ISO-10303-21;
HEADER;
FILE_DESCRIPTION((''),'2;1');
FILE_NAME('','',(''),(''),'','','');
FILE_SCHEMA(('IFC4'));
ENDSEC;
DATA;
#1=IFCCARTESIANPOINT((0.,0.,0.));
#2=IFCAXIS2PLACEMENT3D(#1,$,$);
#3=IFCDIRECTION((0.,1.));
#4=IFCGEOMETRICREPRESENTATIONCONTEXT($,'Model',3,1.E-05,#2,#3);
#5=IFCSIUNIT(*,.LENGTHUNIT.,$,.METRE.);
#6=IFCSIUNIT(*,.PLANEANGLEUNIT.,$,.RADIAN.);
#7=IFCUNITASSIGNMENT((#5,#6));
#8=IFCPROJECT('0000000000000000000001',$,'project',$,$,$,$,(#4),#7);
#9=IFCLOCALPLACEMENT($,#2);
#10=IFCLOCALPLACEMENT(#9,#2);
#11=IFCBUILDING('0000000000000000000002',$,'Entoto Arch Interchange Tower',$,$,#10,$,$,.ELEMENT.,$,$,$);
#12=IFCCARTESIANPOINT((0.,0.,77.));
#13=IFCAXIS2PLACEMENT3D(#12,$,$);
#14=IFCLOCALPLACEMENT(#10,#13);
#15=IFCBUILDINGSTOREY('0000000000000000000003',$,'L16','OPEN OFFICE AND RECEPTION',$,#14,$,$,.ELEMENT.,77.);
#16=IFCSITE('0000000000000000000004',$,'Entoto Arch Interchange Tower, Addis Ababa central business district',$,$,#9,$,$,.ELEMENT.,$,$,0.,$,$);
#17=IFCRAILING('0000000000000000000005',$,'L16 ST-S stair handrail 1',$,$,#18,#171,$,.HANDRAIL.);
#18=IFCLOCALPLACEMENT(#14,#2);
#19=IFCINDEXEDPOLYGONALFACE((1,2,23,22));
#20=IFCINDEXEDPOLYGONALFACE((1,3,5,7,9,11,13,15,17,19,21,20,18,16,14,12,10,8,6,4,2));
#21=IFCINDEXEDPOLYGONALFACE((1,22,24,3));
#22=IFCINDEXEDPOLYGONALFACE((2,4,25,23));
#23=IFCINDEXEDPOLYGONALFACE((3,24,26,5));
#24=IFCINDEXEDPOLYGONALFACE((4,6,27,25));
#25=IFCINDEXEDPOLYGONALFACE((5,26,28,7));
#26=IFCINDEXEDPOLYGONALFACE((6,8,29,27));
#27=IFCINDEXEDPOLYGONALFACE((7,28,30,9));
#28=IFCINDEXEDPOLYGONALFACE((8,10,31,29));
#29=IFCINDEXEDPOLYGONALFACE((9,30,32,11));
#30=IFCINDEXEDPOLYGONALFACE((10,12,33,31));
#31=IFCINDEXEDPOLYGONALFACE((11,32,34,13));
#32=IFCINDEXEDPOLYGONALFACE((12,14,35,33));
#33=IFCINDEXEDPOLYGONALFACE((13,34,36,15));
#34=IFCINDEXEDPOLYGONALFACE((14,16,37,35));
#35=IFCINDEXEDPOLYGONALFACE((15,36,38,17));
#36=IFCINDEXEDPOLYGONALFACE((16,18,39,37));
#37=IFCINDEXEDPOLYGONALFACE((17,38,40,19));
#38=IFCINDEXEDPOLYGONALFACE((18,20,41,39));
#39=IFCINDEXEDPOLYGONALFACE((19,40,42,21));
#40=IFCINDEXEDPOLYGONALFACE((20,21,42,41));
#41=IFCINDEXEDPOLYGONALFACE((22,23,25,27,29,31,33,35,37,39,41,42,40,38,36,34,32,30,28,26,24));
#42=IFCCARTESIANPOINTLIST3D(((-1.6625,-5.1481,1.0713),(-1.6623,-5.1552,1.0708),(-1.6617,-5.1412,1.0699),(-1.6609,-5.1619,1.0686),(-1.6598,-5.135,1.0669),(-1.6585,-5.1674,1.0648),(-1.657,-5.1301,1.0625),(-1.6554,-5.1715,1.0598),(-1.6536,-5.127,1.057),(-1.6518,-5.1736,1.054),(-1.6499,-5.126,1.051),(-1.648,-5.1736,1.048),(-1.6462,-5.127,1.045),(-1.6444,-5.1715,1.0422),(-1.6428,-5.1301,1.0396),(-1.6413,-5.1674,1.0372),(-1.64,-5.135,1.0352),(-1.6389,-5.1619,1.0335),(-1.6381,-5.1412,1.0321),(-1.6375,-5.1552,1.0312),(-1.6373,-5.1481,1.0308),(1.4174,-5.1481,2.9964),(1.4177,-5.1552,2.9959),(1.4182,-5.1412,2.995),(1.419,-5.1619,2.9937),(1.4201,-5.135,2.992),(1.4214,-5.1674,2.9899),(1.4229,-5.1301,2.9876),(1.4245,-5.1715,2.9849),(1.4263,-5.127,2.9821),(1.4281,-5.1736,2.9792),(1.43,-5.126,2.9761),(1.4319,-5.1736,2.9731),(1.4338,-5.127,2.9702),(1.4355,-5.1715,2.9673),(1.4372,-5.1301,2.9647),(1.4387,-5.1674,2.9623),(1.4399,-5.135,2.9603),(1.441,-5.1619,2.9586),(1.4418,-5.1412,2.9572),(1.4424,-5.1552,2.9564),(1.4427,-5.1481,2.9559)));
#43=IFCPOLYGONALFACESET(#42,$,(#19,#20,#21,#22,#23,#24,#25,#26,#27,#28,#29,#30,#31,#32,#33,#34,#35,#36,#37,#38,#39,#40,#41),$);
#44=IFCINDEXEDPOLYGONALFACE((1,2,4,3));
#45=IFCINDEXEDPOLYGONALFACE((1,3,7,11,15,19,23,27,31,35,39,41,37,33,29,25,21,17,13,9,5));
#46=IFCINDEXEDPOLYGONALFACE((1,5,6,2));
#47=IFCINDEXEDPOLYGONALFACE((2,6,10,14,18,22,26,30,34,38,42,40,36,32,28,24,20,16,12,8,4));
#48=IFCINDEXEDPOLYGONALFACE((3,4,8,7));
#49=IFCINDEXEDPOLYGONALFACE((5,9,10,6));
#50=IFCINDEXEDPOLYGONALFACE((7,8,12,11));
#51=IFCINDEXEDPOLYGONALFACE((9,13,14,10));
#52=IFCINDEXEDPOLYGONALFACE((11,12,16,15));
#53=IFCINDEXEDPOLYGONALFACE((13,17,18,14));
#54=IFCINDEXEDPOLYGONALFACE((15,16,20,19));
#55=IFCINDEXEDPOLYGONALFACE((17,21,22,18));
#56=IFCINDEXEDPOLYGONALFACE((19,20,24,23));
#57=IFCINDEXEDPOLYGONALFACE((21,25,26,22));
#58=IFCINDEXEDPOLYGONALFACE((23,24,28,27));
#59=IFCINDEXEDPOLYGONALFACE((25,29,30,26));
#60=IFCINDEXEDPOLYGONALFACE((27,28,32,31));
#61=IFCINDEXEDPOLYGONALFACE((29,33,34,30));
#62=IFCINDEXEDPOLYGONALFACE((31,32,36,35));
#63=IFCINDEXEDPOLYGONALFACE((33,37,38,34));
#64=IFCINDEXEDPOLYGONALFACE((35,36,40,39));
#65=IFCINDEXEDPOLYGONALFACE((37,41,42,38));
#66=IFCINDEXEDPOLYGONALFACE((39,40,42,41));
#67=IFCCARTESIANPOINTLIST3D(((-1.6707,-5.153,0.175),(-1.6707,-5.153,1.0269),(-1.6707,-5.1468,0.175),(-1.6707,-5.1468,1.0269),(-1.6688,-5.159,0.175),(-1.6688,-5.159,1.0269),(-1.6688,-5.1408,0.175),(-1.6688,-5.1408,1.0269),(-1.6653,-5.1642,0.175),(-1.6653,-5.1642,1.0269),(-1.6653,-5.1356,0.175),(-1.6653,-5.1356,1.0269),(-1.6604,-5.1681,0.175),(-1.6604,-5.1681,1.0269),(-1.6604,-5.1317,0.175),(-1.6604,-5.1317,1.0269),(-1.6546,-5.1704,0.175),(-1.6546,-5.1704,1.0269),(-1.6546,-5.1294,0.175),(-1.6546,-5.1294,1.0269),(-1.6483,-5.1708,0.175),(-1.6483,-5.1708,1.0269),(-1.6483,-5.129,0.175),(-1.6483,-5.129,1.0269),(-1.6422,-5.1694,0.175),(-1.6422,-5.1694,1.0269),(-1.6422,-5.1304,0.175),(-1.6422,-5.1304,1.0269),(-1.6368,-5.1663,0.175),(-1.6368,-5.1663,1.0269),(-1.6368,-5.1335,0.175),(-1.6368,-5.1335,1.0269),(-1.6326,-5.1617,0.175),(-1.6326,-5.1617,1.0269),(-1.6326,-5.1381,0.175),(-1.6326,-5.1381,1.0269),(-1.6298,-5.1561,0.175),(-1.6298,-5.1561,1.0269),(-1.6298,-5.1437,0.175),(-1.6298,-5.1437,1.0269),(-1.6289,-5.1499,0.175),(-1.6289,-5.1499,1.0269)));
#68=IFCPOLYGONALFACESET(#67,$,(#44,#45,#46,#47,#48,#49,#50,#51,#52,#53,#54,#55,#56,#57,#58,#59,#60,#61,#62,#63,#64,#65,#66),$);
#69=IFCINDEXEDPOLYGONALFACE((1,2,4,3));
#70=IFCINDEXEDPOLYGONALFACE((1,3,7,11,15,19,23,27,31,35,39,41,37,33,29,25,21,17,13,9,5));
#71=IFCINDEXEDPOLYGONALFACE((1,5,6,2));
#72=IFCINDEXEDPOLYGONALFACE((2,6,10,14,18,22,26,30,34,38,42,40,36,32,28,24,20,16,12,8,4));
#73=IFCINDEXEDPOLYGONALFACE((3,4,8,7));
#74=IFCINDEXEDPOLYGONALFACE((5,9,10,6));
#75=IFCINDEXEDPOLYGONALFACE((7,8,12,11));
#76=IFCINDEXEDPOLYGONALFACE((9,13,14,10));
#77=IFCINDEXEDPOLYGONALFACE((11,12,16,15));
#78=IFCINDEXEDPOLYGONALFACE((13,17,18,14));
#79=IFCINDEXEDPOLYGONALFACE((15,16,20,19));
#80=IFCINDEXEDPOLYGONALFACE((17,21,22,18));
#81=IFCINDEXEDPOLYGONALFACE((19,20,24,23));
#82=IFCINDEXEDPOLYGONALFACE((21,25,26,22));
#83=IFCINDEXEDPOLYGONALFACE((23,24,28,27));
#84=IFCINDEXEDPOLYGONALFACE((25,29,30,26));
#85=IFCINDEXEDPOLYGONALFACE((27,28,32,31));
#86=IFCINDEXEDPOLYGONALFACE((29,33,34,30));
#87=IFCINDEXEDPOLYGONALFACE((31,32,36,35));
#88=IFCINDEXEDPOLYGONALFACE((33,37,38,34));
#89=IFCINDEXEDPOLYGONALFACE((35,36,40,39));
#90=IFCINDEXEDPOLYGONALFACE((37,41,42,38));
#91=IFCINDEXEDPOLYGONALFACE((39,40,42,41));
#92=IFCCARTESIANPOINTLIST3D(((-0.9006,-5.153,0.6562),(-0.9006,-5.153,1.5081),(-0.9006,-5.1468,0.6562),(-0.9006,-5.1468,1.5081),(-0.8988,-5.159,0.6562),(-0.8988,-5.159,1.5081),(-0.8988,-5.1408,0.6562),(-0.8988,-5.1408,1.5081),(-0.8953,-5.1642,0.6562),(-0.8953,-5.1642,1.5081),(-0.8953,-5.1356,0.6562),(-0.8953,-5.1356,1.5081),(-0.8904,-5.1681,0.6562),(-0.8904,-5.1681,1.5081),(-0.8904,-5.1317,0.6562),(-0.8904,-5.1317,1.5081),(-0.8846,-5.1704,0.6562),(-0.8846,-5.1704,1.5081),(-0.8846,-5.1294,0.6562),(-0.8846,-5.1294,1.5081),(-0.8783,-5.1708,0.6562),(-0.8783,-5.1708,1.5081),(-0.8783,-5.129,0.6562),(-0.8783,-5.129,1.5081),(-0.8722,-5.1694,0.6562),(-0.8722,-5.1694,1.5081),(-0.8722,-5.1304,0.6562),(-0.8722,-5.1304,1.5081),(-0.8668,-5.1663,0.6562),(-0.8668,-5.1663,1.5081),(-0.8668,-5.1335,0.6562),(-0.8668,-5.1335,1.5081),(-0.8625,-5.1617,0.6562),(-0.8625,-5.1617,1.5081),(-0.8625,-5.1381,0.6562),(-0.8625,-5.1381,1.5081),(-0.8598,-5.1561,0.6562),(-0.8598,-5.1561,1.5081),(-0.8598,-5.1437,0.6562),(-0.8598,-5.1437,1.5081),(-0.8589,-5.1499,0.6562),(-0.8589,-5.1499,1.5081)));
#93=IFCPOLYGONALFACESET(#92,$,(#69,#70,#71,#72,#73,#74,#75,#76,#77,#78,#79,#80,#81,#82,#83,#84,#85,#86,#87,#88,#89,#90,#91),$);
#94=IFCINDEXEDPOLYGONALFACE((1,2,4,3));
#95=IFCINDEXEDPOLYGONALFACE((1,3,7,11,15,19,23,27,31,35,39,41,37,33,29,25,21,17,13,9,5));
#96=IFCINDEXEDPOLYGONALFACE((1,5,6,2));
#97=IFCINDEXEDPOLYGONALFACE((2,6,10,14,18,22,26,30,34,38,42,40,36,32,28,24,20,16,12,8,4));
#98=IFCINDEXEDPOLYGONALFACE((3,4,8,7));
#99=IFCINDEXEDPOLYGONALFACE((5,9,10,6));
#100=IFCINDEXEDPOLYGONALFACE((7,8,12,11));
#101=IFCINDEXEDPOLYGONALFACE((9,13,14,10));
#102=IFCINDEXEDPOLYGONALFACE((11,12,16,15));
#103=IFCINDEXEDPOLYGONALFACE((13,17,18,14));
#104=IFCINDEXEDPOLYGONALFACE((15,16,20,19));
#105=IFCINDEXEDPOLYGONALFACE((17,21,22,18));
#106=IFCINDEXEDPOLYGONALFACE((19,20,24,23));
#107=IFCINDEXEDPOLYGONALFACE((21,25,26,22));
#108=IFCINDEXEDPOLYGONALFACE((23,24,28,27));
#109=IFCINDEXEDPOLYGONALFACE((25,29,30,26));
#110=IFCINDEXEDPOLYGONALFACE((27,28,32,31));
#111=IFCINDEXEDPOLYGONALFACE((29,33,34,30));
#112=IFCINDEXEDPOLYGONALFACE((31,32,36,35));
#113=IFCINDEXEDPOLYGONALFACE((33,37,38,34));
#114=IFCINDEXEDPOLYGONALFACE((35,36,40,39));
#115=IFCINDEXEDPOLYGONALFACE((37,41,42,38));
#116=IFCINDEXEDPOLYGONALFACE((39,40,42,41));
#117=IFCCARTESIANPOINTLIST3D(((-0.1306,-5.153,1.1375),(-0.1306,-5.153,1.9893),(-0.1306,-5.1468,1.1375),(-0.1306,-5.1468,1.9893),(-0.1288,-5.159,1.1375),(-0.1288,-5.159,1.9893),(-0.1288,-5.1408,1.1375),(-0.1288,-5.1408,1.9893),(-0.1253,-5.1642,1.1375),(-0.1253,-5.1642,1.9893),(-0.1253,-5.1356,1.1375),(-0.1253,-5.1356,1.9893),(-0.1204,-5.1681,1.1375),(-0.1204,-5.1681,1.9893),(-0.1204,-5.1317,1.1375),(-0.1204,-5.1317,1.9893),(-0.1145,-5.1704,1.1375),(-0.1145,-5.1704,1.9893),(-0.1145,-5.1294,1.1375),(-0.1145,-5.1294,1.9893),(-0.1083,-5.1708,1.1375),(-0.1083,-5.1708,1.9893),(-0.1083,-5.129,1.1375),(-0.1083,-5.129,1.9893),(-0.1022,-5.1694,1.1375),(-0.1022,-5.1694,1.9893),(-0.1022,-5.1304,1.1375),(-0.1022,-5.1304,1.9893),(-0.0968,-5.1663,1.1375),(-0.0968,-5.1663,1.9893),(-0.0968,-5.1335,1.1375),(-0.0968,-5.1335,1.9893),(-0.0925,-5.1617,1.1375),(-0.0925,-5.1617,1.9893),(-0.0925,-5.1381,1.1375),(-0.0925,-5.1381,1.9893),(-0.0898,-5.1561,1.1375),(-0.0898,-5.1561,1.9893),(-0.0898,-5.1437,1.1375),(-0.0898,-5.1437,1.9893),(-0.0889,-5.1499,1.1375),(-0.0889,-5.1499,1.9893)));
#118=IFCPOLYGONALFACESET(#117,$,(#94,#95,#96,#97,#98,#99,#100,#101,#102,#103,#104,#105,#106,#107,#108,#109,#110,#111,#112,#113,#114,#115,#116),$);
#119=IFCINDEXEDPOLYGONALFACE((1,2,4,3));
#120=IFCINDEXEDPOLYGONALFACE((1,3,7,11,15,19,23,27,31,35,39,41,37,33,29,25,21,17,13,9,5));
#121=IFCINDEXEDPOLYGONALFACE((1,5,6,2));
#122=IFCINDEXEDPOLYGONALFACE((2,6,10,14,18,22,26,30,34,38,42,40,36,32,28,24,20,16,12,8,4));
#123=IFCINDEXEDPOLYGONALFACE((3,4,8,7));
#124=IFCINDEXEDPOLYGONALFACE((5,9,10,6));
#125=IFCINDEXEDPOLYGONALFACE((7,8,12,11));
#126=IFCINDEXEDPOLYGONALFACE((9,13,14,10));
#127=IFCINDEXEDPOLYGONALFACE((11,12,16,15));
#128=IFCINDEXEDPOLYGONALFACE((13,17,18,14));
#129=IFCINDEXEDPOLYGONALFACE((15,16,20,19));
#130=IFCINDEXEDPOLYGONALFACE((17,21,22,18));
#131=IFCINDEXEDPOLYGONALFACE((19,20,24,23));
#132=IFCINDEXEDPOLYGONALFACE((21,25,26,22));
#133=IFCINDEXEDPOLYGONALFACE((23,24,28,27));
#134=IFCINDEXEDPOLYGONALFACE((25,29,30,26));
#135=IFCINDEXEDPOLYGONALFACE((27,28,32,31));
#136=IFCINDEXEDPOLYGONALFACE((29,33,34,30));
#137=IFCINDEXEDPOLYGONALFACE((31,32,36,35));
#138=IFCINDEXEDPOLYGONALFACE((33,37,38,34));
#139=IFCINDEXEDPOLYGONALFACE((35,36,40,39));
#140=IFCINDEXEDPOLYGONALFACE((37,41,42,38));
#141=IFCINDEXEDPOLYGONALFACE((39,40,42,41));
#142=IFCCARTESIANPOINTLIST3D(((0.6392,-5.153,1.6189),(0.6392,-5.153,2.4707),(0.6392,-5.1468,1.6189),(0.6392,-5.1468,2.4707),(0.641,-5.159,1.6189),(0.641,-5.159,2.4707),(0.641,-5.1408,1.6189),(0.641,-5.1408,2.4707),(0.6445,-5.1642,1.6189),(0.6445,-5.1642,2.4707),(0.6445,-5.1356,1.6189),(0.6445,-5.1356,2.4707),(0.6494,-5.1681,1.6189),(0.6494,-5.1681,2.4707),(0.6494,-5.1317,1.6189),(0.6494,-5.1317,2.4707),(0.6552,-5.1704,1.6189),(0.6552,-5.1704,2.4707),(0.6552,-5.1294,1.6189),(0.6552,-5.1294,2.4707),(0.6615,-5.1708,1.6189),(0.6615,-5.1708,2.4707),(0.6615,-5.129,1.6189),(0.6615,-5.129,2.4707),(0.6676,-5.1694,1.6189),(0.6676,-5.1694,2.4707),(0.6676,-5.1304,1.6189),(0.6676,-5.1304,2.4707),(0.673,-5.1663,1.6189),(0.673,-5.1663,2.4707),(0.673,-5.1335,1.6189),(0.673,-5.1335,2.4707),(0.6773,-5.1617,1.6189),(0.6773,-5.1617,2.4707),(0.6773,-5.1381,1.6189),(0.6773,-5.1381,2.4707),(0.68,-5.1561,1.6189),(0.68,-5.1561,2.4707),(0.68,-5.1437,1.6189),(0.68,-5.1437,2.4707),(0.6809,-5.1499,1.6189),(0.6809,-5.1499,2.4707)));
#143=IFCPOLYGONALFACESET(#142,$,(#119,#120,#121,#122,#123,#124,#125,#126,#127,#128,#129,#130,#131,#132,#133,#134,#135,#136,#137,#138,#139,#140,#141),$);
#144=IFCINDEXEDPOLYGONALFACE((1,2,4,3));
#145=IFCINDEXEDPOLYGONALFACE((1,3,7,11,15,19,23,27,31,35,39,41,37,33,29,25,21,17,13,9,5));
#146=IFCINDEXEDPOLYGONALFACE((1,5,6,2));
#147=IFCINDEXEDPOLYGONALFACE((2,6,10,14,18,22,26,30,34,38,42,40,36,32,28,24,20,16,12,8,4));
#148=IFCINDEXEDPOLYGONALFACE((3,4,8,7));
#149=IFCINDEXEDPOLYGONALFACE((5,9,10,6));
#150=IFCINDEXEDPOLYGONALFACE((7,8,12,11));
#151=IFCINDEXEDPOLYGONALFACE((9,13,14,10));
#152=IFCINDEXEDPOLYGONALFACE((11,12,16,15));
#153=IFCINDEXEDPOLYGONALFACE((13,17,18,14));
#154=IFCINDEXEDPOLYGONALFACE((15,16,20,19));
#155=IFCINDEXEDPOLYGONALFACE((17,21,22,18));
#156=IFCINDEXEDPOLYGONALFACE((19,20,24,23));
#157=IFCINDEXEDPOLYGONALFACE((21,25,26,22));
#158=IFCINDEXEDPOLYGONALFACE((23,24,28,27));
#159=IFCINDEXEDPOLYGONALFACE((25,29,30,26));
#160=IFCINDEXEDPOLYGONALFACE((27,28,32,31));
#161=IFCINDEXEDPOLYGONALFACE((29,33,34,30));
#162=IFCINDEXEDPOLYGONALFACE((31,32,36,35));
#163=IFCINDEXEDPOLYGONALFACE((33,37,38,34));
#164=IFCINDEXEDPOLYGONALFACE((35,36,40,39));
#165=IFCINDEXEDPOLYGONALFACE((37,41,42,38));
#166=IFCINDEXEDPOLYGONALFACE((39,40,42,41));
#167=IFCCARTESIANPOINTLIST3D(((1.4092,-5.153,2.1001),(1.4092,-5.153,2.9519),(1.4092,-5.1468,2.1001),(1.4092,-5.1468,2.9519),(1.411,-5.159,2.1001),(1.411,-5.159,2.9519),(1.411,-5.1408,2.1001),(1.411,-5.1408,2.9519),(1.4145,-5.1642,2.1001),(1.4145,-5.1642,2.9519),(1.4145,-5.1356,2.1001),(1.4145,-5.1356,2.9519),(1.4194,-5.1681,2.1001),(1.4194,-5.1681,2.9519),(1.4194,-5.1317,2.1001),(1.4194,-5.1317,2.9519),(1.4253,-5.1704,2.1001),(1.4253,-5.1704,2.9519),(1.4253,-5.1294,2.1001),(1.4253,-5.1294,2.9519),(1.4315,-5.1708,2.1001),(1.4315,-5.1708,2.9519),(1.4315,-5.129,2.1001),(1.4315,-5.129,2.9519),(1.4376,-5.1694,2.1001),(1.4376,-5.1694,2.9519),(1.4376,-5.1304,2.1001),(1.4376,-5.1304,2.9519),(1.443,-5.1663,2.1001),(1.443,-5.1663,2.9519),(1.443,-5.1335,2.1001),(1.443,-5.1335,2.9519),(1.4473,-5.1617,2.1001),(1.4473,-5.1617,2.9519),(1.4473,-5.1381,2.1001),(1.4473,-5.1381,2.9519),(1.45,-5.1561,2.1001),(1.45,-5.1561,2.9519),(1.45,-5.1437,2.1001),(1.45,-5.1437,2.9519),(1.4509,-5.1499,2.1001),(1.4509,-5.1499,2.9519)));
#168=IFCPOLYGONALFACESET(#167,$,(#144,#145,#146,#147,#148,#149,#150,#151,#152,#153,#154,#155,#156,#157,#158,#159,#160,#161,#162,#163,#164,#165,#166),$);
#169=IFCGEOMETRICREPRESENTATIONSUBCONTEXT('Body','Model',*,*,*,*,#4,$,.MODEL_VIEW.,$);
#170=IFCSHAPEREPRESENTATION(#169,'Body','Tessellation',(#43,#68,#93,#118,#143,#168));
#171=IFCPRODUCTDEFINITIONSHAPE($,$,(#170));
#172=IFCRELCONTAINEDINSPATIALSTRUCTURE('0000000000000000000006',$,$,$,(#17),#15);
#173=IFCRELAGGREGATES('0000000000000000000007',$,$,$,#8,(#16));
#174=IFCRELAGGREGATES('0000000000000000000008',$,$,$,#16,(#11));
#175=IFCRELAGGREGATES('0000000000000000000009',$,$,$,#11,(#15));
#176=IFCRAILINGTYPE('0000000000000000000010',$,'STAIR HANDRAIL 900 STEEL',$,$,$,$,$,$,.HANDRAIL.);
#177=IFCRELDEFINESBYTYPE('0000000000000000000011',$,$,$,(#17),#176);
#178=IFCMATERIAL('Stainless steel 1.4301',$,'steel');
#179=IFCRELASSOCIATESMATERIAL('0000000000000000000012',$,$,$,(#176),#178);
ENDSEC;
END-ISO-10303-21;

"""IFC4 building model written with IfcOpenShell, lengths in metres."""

from ifc_helpers import new_model, si_unit, direction, frame, origin, origin_2d, place, context, subcontext, project, spatial, circle, extrude, material, type_object, element, save


model = new_model("IFC4")

# Units and contexts
model_context = context("Model", 3, precision=1e-05, world=origin(), true_north=direction((0.0, 1.0)))
body_context = subcontext(model_context, "Body", "Model", "MODEL_VIEW")
ifc_project = project(units=[si_unit("LENGTHUNIT", "METRE"), si_unit("PLANEANGLEUNIT", "RADIAN")], contexts=[model_context])

# Site, building, storey
site_placement = place(None, origin())
site = spatial("IfcSite", under=ifc_project, at=site_placement, Name="Entoto Arch Interchange Tower, Addis Ababa central business district", CompositionType="ELEMENT", RefElevation=0.0)
building_placement = place(site_placement, origin())
building = spatial("IfcBuilding", under=site, at=building_placement, Name="Entoto Arch Interchange Tower", CompositionType="ELEMENT")
storey_placement = place(building_placement, frame((0.0, 0.0, 77.0)))
storey = spatial("IfcBuildingStorey", under=building, at=storey_placement, Name="L16", Description="OPEN OFFICE AND RECEPTION", CompositionType="ELEMENT", Elevation=77.0)

# Railing
ifc_material_1 = material(Name="Stainless steel 1.4301", Category="steel")
railing_type_1 = type_object("IfcRailingType", Name="STAIR HANDRAIL 900 STEEL", PredefinedType="HANDRAIL", material=ifc_material_1)
railing_1_placement = place(storey_placement, frame((-1.6499, -5.1499, 0.175)))
element("IfcRailing", 1, at=railing_1_placement, inside=storey, type_object=railing_type_1, Name="L16 ST-S stair handrail 1", PredefinedType="HANDRAIL", context=body_context, shape_type="SweptSolid", body=[
    extrude(circle(Radius=0.0239, at=origin_2d()), frame((0.0, 0.0, 0.876), z_axis=(0.847979, 0.0, 0.530029), x_axis=(0.0, 1.0, 0.0)), (0.0, 0.0, 1.0), 3.6321),
    extrude(circle(Radius=0.021, at=origin_2d()), origin(), (0.0, 0.0, 1.0), 0.8518),
    extrude(circle(Radius=0.021, at=origin_2d()), frame((0.77, 0.0, 0.4812)), (0.0, 0.0, 1.0), 0.8518),
    extrude(circle(Radius=0.021, at=origin_2d()), frame((1.54, 0.0, 0.9624)), (0.0, 0.0, 1.0), 0.8518),
    extrude(circle(Radius=0.021, at=origin_2d()), frame((2.3098, 0.0, 1.4438)), (0.0, 0.0, 1.0), 0.8518),
    extrude(circle(Radius=0.021, at=origin_2d()), frame((3.0798, 0.0, 1.925)), (0.0, 0.0, 1.0), 0.8518),
])

save(model, "model.ifc")
